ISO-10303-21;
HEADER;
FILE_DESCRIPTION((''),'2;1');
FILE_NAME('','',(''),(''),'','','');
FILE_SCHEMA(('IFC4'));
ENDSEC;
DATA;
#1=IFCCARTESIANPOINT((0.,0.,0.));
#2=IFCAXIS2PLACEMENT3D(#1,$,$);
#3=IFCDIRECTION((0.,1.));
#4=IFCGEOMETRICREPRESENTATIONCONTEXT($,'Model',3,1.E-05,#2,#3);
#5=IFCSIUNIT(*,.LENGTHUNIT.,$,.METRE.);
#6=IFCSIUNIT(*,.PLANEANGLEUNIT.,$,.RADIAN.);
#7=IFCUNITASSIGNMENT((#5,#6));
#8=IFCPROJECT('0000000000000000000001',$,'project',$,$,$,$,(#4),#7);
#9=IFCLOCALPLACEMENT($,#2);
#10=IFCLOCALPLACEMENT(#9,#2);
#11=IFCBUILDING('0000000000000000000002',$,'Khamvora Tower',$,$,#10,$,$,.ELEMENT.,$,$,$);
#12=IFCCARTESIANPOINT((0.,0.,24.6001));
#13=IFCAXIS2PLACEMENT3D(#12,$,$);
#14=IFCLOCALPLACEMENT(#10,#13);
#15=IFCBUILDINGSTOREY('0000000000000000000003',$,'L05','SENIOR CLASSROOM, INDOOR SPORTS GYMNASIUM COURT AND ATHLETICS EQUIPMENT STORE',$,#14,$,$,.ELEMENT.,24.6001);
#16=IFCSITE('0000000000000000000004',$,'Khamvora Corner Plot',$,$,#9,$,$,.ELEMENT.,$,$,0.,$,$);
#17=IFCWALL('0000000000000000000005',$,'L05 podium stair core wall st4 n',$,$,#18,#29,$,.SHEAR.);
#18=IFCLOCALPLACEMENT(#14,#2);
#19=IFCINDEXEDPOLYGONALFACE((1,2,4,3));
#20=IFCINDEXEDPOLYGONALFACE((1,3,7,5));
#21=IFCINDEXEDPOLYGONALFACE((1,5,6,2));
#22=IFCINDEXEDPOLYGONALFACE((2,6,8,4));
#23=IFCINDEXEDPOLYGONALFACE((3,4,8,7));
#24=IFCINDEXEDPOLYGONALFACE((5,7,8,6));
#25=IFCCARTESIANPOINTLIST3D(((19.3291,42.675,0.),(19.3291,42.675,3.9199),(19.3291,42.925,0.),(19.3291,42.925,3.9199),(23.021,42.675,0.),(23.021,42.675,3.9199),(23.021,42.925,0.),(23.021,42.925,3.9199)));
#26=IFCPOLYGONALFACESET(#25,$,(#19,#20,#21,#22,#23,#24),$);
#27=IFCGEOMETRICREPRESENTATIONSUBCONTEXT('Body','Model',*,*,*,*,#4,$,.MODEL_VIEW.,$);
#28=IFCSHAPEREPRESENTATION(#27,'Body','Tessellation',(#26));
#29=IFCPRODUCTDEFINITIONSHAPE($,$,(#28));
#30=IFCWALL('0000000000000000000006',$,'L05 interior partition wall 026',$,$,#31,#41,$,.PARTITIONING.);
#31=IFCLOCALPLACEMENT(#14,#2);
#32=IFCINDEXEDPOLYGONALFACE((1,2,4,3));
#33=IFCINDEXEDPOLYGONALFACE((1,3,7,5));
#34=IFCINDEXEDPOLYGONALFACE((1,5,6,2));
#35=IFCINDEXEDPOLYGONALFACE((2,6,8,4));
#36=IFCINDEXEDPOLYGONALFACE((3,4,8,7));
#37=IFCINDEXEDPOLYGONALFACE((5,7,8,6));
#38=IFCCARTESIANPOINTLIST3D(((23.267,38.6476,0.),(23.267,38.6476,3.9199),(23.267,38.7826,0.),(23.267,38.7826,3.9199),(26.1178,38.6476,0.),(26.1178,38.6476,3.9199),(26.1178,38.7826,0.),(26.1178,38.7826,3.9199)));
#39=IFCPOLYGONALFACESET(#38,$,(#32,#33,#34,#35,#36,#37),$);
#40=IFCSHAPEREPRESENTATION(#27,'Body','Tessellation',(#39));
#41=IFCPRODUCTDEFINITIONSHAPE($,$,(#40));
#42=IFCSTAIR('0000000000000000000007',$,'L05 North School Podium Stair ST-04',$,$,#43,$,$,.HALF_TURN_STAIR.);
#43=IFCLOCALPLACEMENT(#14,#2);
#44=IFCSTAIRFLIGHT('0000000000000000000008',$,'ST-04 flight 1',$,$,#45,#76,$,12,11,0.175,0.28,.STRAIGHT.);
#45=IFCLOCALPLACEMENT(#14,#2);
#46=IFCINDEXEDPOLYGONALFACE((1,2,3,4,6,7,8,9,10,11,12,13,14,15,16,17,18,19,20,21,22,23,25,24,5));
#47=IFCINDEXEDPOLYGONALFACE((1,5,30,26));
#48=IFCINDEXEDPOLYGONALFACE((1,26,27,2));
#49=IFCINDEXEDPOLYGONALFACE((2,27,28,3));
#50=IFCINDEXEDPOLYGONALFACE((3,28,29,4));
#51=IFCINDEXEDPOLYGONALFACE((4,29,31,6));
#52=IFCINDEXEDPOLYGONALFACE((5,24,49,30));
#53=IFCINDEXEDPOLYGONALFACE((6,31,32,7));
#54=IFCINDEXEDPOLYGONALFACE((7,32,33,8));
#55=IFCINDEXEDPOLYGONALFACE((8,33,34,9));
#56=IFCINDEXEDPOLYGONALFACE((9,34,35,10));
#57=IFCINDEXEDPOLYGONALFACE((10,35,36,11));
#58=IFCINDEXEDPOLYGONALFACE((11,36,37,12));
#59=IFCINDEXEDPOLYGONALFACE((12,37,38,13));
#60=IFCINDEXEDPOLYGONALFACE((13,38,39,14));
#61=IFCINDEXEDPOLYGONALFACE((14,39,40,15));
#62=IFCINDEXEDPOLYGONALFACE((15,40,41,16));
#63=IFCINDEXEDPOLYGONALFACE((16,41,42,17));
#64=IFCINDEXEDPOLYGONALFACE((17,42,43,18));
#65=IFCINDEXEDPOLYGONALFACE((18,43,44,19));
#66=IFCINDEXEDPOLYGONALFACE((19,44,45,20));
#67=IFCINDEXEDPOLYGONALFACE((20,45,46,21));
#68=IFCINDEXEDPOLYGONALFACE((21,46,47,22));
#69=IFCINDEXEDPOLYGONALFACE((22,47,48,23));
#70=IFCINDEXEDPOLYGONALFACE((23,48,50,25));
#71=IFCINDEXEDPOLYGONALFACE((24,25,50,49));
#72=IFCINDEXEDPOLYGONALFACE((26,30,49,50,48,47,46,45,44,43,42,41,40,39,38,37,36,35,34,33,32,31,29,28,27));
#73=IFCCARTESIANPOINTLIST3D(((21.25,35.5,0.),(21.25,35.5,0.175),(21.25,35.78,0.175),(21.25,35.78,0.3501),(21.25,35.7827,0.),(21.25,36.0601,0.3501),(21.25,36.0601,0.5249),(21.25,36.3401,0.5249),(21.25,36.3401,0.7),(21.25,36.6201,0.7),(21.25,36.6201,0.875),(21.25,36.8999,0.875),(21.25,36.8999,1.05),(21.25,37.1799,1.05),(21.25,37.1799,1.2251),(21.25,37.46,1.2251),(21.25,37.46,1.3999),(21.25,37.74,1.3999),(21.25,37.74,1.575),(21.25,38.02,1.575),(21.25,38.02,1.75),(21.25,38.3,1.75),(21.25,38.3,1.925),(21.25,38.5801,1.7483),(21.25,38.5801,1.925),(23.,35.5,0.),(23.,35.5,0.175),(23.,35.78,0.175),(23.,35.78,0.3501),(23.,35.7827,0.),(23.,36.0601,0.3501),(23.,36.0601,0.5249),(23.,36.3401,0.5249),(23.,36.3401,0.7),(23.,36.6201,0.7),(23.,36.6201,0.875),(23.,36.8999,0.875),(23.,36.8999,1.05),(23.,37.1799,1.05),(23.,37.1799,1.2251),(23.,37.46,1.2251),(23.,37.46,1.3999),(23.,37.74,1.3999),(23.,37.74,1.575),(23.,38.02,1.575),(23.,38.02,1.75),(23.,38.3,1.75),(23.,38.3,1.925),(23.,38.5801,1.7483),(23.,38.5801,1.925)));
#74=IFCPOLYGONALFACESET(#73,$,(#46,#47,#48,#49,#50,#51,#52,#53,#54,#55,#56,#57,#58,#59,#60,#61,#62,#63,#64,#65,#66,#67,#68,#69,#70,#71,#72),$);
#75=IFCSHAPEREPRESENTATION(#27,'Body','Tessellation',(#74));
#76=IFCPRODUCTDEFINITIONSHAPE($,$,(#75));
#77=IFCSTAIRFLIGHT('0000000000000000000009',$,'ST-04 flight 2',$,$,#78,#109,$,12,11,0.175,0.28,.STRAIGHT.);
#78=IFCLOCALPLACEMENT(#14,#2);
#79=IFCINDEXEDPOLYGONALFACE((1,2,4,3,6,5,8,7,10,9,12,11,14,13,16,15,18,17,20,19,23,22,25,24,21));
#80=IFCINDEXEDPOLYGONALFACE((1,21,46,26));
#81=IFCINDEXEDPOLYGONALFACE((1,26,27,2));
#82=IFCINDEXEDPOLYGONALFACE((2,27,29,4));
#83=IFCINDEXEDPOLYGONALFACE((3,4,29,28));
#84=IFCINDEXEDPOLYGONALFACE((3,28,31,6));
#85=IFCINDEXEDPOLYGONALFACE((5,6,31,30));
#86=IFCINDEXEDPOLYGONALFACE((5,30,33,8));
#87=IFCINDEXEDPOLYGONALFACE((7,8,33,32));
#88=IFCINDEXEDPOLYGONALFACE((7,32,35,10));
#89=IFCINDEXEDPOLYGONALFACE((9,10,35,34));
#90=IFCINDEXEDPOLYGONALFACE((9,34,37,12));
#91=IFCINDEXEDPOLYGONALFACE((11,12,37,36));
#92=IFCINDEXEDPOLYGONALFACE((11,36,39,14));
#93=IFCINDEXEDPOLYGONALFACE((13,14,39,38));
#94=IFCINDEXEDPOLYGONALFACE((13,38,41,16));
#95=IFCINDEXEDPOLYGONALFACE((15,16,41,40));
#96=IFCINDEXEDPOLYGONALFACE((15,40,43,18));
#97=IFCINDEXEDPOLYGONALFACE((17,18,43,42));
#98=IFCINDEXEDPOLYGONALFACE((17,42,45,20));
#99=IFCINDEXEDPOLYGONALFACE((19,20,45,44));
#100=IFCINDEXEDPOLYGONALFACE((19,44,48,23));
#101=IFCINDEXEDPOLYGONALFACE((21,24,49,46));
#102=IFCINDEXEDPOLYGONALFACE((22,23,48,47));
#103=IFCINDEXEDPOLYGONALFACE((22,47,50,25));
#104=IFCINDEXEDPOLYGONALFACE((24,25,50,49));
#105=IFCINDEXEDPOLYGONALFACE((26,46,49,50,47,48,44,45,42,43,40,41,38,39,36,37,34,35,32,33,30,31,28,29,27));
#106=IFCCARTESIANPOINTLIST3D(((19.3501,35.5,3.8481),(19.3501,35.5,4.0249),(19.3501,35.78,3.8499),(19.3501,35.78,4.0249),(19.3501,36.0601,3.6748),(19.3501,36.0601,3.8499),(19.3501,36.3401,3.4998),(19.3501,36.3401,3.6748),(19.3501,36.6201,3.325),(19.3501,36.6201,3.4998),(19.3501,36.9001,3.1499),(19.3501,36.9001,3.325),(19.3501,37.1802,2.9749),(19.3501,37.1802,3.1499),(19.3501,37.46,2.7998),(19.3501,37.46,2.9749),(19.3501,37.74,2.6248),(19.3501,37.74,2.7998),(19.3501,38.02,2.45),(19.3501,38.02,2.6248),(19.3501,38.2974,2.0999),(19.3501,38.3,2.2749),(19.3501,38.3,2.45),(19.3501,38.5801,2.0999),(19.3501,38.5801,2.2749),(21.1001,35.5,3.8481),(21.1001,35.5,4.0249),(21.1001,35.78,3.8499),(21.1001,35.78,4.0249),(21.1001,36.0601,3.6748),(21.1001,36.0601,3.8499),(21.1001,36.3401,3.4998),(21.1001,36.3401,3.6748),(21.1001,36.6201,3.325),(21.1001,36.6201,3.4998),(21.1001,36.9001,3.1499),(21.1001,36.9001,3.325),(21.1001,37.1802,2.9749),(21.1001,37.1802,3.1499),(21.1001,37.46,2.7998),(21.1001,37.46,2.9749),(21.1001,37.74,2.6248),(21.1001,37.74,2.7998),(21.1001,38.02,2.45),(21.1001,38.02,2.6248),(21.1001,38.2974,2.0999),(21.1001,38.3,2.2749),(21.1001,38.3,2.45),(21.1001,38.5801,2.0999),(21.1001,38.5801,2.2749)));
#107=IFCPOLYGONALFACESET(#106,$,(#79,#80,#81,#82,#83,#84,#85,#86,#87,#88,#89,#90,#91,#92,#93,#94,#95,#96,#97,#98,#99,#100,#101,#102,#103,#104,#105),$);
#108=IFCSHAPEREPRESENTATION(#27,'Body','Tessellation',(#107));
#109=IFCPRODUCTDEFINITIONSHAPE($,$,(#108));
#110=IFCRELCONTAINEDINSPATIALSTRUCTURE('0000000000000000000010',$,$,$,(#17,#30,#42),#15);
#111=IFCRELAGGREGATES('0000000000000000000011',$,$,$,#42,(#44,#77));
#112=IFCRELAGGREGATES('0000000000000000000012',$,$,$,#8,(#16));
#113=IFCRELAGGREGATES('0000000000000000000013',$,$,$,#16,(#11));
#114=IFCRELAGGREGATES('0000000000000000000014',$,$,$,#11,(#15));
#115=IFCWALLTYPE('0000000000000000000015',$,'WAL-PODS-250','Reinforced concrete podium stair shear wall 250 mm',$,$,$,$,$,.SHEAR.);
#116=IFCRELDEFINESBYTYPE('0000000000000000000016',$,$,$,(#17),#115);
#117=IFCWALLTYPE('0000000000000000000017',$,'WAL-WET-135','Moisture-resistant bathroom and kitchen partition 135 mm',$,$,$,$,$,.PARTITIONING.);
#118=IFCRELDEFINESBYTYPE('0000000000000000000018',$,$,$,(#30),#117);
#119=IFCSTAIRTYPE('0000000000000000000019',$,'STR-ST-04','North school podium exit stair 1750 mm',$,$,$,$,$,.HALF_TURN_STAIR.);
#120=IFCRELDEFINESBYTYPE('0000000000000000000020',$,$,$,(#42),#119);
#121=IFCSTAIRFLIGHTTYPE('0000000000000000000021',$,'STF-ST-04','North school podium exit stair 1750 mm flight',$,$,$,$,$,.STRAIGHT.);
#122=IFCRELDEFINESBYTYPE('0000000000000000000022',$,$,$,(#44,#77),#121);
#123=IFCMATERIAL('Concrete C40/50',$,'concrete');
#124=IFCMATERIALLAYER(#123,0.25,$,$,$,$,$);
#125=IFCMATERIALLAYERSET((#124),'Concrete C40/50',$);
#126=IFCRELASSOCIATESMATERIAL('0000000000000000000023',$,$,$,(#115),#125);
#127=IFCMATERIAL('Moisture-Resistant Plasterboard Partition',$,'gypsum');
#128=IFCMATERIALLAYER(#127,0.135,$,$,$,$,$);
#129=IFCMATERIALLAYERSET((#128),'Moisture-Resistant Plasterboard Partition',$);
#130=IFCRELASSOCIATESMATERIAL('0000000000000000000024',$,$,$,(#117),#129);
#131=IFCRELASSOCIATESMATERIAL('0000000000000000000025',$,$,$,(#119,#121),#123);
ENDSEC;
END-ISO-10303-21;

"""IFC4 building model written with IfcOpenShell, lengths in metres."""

from ifc_helpers import new_model, si_unit, direction, frame, frame_2d, origin, place, context, subcontext, project, spatial, polyline, rectangle, outline, extrude, material, layer, layer_set, type_object, element, aggregate, save


model = new_model("IFC4")

# Units and contexts
model_context = context("Model", 3, precision=1e-05, world=origin(), true_north=direction((0.0, 1.0)))
body_context = subcontext(model_context, "Body", "Model", "MODEL_VIEW")
ifc_project = project(units=[si_unit("LENGTHUNIT", "METRE"), si_unit("PLANEANGLEUNIT", "RADIAN")], contexts=[model_context])

# Site, building, storey
site_placement = place(None, origin())
site = spatial("IfcSite", under=ifc_project, at=site_placement, Name="Khamvora Corner Plot", CompositionType="ELEMENT", RefElevation=0.0)
building_placement = place(site_placement, origin())
building = spatial("IfcBuilding", under=site, at=building_placement, Name="Khamvora Tower", CompositionType="ELEMENT")
storey_placement = place(building_placement, frame((0.0, 0.0, 24.6001)))
storey = spatial("IfcBuildingStorey", under=building, at=storey_placement, Name="L05", Description="SENIOR CLASSROOM, INDOOR SPORTS GYMNASIUM COURT AND ATHLETICS EQUIPMENT STORE", CompositionType="ELEMENT", Elevation=24.6001)

# Shared definitions
ifc_material_1 = material(Name="Concrete C40/50", Category="concrete")
ifc_layer_1 = layer(ifc_material_1, 0.25)
ifc_layer_set_1 = layer_set([ifc_layer_1], Name="Concrete C40/50")
wall_type_1 = type_object("IfcWallType", Name="WAL-PODS-250", Description="Reinforced concrete podium stair shear wall 250 mm", PredefinedType="SHEAR", material=ifc_layer_set_1)

# Walls
wall_1_placement = place(storey_placement, frame((19.3291, 42.8, 0.0), z_axis=(0.0, 0.0, 1.0), x_axis=(1.0, 0.0, 0.0)))
element("IfcWall", 1, at=wall_1_placement, inside=storey, type_object=wall_type_1, Name="L05 podium stair core wall st4 n", PredefinedType="SHEAR", context=body_context, shape_type="SweptSolid", body=[
    extrude(rectangle(XDim=3.6919, YDim=0.25, at=frame_2d((1.8459, 0.0))), origin(), (0.0, 0.0, 1.0), 3.9199),
])
ifc_material_2 = material(Name="Moisture-Resistant Plasterboard Partition", Category="gypsum")
ifc_layer_2 = layer(ifc_material_2, 0.135)
ifc_layer_set_2 = layer_set([ifc_layer_2], Name="Moisture-Resistant Plasterboard Partition")
wall_type_2 = type_object("IfcWallType", Name="WAL-WET-135", Description="Moisture-resistant bathroom and kitchen partition 135 mm", PredefinedType="PARTITIONING", material=ifc_layer_set_2)
wall_2_placement = place(storey_placement, frame((23.2671, 38.7151, 0.0), z_axis=(0.0, 0.0, 1.0), x_axis=(1.0, 0.0, 0.0)))
element("IfcWall", 2, at=wall_2_placement, inside=storey, type_object=wall_type_2, Name="L05 interior partition wall 026", PredefinedType="PARTITIONING", context=body_context, shape_type="SweptSolid", body=[
    extrude(rectangle(XDim=2.8508, YDim=0.135, at=frame_2d((1.4253, 0.0))), origin(), (0.0, 0.0, 1.0), 3.9199),
])

# Stair, stair flights
stair_type = type_object("IfcStairType", Name="STR-ST-04", Description="North school podium exit stair 1750 mm", PredefinedType="HALF_TURN_STAIR", material=ifc_material_1)
stair_placement = place(storey_placement, origin())
stair = element("IfcStair", 3, at=stair_placement, inside=storey, type_object=stair_type, Name="L05 North School Podium Stair ST-04", PredefinedType="HALF_TURN_STAIR")
stair_flight_type = type_object("IfcStairFlightType", Name="STF-ST-04", Description="North school podium exit stair 1750 mm flight", PredefinedType="STRAIGHT", material=ifc_material_1)
stair_flight_1_placement = place(storey_placement, frame((22.125, 35.5, 0.0), z_axis=(0.0, 0.0, 1.0), x_axis=(0.0, 1.0, 0.0)))
stair_flight_1 = element("IfcStairFlight", 4, at=stair_flight_1_placement, type_object=stair_flight_type, Name="ST-04 flight 1", NumberOfRisers=12, NumberOfTreads=11, PredefinedType="STRAIGHT", RiserHeight=0.175, TreadLength=0.28, context=body_context, shape_type="SweptSolid", body=[
    extrude(outline(polyline([(0.0, 0.0), (0.0, 0.175), (0.28, 0.175), (0.28, 0.3501), (0.5601, 0.3501), (0.5601, 0.5249), (0.8401, 0.5249), (0.8401, 0.7), (1.1201, 0.7), (1.1201, 0.875), (1.3999, 0.875), (1.3999, 1.05), (1.6799, 1.05), (1.6799, 1.2251), (1.96, 1.2251), (1.96, 1.3999), (2.24, 1.3999), (2.24, 1.575), (2.52, 1.575), (2.52, 1.75), (2.8, 1.75), (2.8, 1.925), (3.0801, 1.925), (3.0801, 2.1001), (3.0801, 1.7483), (0.2827, 0.0), (0.0, 0.0)])), frame((0.0, 0.875, 0.0), z_axis=(0.0, -1.0, 0.0), x_axis=(1.0, 0.0, 0.0)), (0.0, 0.0, 1.0), 1.75),
])
stair_flight_2_placement = place(storey_placement, frame((20.2251, 38.5801, 2.0999), z_axis=(0.0, 0.0, 1.0), x_axis=(0.0, -1.0, 0.0)))
stair_flight_2 = element("IfcStairFlight", 5, at=stair_flight_2_placement, type_object=stair_flight_type, Name="ST-04 flight 2", NumberOfRisers=12, NumberOfTreads=11, PredefinedType="STRAIGHT", RiserHeight=0.175, TreadLength=0.28, context=body_context, shape_type="SweptSolid", body=[
    extrude(outline(polyline([(0.0, 0.0), (0.0, 0.175), (0.28, 0.175), (0.28, 0.3501), (0.5601, 0.3501), (0.5601, 0.5249), (0.8401, 0.5249), (0.8401, 0.7), (1.1201, 0.7), (1.1201, 0.875), (1.3999, 0.875), (1.3999, 1.05), (1.6799, 1.05), (1.6799, 1.2251), (1.96, 1.2251), (1.96, 1.3999), (2.24, 1.3999), (2.24, 1.575), (2.52, 1.575), (2.52, 1.75), (2.8, 1.75), (2.8, 1.925), (3.0801, 1.925), (3.0801, 2.1001), (3.0801, 1.7483), (0.2827, 0.0), (0.0, 0.0)])), frame((0.0, 0.875, 0.0), z_axis=(0.0, -1.0, 0.0), x_axis=(1.0, 0.0, 0.0)), (0.0, 0.0, 1.0), 1.75),
])
aggregate(stair, [stair_flight_1, stair_flight_2])

save(model, "model.ifc")
